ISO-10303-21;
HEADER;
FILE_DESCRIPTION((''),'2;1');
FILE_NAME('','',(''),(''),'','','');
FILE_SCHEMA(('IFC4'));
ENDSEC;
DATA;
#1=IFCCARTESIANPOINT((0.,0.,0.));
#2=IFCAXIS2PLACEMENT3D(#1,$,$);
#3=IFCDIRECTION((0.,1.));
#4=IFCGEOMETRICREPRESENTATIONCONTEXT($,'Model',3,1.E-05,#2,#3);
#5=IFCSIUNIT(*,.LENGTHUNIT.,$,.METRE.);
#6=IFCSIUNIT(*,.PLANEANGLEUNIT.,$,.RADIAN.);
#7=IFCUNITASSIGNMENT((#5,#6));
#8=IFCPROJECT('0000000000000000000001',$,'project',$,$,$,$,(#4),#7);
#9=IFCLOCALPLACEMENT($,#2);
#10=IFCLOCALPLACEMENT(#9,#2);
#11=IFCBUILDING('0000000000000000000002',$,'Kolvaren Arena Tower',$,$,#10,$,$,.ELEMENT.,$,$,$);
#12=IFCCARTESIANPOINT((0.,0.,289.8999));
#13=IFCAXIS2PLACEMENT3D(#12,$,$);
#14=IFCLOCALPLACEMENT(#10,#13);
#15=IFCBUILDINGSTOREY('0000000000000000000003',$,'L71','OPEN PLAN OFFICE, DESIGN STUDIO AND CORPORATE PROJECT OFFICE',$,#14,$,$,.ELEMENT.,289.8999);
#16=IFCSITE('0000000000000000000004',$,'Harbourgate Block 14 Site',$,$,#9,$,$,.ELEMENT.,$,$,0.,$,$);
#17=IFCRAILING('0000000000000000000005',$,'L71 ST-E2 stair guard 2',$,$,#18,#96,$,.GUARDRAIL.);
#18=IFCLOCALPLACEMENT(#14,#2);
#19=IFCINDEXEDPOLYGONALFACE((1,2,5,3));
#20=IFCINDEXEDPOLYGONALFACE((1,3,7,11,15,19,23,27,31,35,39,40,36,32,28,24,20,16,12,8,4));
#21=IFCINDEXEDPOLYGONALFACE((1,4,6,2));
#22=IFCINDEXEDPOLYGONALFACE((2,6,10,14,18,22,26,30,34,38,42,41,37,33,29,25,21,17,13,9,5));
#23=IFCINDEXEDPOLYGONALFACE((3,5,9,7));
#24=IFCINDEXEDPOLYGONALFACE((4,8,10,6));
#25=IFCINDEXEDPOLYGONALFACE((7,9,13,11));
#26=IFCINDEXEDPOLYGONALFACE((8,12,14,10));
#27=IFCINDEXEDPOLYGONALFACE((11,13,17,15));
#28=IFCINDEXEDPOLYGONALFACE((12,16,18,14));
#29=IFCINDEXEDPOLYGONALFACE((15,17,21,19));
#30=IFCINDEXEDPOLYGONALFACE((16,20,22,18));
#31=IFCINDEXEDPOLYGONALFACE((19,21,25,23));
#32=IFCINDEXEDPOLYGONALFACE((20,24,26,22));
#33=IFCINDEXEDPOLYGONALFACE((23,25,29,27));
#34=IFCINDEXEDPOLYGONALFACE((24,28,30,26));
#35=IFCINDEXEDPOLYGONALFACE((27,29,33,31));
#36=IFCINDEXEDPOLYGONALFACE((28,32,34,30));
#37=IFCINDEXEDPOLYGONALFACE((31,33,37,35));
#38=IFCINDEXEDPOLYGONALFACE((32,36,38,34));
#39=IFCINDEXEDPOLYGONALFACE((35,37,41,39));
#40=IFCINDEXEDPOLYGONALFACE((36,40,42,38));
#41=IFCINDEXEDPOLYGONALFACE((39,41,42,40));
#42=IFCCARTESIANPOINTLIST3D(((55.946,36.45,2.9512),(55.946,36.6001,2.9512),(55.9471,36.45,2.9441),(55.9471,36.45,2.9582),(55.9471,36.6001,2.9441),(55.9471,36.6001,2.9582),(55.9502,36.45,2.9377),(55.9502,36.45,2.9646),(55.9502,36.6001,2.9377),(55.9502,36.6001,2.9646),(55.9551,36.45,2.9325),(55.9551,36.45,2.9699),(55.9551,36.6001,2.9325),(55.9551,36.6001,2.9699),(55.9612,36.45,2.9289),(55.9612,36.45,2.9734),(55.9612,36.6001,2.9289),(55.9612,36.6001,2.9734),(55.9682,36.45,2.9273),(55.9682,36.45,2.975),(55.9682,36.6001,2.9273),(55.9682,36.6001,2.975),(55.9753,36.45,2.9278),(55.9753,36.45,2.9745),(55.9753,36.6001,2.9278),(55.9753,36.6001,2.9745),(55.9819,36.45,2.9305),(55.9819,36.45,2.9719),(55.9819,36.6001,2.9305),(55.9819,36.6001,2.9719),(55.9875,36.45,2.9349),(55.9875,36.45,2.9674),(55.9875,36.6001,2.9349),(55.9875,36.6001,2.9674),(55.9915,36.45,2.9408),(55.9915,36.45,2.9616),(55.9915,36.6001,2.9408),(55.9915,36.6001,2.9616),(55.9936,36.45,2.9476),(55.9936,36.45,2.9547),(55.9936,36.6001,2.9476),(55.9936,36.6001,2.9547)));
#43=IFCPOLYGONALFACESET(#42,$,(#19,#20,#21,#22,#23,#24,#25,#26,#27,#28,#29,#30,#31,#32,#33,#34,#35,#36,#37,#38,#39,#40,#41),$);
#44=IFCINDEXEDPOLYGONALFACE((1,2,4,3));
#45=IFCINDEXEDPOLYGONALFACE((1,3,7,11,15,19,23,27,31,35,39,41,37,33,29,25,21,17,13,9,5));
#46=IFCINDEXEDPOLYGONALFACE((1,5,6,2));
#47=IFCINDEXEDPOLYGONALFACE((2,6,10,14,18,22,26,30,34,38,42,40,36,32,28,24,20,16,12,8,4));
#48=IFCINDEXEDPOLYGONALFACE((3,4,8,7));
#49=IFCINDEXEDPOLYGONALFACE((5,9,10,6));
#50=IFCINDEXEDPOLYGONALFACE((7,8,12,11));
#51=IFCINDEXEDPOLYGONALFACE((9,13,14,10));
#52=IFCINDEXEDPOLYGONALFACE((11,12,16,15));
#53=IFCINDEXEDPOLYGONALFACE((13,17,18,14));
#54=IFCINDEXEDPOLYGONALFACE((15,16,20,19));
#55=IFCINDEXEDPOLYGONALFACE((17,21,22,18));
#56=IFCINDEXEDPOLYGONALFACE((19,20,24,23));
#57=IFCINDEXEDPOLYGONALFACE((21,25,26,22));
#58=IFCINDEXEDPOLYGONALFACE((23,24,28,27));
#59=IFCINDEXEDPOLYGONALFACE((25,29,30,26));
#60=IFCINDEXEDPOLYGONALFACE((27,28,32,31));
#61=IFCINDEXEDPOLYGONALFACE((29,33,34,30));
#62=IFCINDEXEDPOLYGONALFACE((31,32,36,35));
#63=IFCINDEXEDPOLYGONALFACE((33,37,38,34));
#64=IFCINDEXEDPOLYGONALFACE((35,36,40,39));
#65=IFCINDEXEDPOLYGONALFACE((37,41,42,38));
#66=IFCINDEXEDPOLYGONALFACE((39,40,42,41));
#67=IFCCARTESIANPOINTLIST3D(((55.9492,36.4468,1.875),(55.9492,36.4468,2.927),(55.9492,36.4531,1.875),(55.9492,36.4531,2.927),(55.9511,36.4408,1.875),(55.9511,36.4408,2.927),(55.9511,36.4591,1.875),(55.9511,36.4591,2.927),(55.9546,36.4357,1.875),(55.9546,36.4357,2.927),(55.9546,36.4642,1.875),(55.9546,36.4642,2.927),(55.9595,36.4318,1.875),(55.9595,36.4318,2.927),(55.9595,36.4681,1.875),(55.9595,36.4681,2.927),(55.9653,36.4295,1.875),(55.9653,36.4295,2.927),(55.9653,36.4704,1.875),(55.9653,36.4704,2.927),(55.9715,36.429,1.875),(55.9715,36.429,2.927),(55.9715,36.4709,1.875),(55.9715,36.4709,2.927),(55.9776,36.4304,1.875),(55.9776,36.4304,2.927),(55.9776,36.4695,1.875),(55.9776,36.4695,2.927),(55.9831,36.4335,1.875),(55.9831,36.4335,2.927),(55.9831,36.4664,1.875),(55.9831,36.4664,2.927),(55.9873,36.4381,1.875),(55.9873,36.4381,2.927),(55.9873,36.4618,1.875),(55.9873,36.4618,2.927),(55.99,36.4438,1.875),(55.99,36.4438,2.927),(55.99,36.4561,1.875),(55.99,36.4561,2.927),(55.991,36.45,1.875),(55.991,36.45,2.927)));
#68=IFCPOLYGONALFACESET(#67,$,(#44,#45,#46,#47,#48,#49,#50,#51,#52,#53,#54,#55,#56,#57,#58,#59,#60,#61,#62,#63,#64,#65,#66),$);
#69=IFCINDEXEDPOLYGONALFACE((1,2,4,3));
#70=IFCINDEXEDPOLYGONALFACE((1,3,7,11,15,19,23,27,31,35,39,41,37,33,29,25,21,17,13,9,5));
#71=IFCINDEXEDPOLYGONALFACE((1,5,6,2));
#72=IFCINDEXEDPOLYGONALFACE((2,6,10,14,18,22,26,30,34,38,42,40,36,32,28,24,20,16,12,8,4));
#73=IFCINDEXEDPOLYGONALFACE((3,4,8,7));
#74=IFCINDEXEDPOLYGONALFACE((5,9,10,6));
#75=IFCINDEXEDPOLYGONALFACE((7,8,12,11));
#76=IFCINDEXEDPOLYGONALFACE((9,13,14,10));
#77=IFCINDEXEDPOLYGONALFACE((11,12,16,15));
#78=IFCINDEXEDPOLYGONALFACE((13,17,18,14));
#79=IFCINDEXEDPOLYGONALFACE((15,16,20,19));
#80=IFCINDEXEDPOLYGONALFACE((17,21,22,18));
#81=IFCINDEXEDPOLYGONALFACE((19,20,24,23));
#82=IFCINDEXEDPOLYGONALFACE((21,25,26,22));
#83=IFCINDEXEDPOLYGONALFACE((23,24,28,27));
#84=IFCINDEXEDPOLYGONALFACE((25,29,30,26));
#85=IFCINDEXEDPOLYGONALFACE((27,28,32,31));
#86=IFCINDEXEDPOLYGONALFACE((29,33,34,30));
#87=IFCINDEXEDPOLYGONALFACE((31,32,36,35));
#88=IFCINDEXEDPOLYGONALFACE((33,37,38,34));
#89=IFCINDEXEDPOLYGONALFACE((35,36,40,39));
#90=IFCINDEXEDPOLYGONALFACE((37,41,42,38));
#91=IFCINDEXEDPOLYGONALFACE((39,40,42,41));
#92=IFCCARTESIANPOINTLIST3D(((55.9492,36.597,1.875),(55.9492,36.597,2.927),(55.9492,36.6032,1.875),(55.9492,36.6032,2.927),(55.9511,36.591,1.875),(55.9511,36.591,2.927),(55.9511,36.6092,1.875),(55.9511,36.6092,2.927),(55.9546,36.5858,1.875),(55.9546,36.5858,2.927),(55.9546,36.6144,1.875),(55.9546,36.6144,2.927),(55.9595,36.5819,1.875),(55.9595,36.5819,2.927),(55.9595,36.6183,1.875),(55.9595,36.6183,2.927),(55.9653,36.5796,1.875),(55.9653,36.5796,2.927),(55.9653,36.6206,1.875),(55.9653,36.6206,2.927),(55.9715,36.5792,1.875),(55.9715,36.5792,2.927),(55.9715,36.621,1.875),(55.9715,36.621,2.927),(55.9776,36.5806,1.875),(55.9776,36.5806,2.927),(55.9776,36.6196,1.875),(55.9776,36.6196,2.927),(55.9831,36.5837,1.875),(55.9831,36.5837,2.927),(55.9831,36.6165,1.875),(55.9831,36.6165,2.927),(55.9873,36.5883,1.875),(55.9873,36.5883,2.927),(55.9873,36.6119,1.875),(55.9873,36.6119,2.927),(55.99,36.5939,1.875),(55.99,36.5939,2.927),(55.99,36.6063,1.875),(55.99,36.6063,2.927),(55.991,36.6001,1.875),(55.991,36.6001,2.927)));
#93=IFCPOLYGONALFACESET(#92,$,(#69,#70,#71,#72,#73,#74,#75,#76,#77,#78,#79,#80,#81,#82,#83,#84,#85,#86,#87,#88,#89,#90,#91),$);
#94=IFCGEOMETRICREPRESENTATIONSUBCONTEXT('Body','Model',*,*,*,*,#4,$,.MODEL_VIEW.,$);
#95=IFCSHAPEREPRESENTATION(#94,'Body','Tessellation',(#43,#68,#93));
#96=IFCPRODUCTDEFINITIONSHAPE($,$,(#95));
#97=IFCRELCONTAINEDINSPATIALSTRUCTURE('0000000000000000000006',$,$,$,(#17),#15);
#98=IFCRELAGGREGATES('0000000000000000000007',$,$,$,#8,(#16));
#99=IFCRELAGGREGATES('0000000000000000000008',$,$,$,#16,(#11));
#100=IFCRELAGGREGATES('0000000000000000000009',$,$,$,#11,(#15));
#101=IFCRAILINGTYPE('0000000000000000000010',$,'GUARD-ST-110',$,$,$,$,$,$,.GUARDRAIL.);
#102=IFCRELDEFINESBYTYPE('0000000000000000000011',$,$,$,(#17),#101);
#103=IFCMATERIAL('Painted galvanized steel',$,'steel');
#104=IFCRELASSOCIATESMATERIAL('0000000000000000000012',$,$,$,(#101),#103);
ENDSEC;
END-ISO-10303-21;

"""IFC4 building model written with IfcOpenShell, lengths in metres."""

from ifc_helpers import new_model, si_unit, direction, frame, origin, origin_2d, place, context, subcontext, project, spatial, circle, extrude, material, type_object, element, save


model = new_model("IFC4")

# Units and contexts
model_context = context("Model", 3, precision=1e-05, world=origin(), true_north=direction((0.0, 1.0)))
body_context = subcontext(model_context, "Body", "Model", "MODEL_VIEW")
ifc_project = project(units=[si_unit("LENGTHUNIT", "METRE"), si_unit("PLANEANGLEUNIT", "RADIAN")], contexts=[model_context])

# Site, building, storey
site_placement = place(None, origin())
site = spatial("IfcSite", under=ifc_project, at=site_placement, Name="Harbourgate Block 14 Site", CompositionType="ELEMENT", RefElevation=0.0)
building_placement = place(site_placement, origin())
building = spatial("IfcBuilding", under=site, at=building_placement, Name="Kolvaren Arena Tower", CompositionType="ELEMENT")
storey_placement = place(building_placement, frame((0.0, 0.0, 289.8999)))
storey = spatial("IfcBuildingStorey", under=building, at=storey_placement, Name="L71", Description="OPEN PLAN OFFICE, DESIGN STUDIO AND CORPORATE PROJECT OFFICE", CompositionType="ELEMENT", Elevation=289.8999)

# Railing
ifc_material_1 = material(Name="Painted galvanized steel", Category="steel")
railing_type_1 = type_object("IfcRailingType", Name="GUARD-ST-110", PredefinedType="GUARDRAIL", material=ifc_material_1)
railing_1_placement = place(storey_placement, frame((55.97, 36.45, 1.875)))
element("IfcRailing", 1, at=railing_1_placement, inside=storey, type_object=railing_type_1, Name="L71 ST-E2 stair guard 2", PredefinedType="GUARDRAIL", context=body_context, shape_type="SweptSolid", body=[
    extrude(circle(Radius=0.0239, at=origin_2d()), frame((0.0, 0.0, 1.0762), z_axis=(0.0, 1.0, 0.0), x_axis=(-1.0, 0.0, 0.0)), (0.0, 0.0, 1.0), 0.1501),
    extrude(circle(Radius=0.021, at=origin_2d()), origin(), (0.0, 0.0, 1.0), 1.052),
    extrude(circle(Radius=0.021, at=origin_2d()), frame((0.0, 0.1501, 0.0)), (0.0, 0.0, 1.0), 1.052),
])

save(model, "model.ifc")
